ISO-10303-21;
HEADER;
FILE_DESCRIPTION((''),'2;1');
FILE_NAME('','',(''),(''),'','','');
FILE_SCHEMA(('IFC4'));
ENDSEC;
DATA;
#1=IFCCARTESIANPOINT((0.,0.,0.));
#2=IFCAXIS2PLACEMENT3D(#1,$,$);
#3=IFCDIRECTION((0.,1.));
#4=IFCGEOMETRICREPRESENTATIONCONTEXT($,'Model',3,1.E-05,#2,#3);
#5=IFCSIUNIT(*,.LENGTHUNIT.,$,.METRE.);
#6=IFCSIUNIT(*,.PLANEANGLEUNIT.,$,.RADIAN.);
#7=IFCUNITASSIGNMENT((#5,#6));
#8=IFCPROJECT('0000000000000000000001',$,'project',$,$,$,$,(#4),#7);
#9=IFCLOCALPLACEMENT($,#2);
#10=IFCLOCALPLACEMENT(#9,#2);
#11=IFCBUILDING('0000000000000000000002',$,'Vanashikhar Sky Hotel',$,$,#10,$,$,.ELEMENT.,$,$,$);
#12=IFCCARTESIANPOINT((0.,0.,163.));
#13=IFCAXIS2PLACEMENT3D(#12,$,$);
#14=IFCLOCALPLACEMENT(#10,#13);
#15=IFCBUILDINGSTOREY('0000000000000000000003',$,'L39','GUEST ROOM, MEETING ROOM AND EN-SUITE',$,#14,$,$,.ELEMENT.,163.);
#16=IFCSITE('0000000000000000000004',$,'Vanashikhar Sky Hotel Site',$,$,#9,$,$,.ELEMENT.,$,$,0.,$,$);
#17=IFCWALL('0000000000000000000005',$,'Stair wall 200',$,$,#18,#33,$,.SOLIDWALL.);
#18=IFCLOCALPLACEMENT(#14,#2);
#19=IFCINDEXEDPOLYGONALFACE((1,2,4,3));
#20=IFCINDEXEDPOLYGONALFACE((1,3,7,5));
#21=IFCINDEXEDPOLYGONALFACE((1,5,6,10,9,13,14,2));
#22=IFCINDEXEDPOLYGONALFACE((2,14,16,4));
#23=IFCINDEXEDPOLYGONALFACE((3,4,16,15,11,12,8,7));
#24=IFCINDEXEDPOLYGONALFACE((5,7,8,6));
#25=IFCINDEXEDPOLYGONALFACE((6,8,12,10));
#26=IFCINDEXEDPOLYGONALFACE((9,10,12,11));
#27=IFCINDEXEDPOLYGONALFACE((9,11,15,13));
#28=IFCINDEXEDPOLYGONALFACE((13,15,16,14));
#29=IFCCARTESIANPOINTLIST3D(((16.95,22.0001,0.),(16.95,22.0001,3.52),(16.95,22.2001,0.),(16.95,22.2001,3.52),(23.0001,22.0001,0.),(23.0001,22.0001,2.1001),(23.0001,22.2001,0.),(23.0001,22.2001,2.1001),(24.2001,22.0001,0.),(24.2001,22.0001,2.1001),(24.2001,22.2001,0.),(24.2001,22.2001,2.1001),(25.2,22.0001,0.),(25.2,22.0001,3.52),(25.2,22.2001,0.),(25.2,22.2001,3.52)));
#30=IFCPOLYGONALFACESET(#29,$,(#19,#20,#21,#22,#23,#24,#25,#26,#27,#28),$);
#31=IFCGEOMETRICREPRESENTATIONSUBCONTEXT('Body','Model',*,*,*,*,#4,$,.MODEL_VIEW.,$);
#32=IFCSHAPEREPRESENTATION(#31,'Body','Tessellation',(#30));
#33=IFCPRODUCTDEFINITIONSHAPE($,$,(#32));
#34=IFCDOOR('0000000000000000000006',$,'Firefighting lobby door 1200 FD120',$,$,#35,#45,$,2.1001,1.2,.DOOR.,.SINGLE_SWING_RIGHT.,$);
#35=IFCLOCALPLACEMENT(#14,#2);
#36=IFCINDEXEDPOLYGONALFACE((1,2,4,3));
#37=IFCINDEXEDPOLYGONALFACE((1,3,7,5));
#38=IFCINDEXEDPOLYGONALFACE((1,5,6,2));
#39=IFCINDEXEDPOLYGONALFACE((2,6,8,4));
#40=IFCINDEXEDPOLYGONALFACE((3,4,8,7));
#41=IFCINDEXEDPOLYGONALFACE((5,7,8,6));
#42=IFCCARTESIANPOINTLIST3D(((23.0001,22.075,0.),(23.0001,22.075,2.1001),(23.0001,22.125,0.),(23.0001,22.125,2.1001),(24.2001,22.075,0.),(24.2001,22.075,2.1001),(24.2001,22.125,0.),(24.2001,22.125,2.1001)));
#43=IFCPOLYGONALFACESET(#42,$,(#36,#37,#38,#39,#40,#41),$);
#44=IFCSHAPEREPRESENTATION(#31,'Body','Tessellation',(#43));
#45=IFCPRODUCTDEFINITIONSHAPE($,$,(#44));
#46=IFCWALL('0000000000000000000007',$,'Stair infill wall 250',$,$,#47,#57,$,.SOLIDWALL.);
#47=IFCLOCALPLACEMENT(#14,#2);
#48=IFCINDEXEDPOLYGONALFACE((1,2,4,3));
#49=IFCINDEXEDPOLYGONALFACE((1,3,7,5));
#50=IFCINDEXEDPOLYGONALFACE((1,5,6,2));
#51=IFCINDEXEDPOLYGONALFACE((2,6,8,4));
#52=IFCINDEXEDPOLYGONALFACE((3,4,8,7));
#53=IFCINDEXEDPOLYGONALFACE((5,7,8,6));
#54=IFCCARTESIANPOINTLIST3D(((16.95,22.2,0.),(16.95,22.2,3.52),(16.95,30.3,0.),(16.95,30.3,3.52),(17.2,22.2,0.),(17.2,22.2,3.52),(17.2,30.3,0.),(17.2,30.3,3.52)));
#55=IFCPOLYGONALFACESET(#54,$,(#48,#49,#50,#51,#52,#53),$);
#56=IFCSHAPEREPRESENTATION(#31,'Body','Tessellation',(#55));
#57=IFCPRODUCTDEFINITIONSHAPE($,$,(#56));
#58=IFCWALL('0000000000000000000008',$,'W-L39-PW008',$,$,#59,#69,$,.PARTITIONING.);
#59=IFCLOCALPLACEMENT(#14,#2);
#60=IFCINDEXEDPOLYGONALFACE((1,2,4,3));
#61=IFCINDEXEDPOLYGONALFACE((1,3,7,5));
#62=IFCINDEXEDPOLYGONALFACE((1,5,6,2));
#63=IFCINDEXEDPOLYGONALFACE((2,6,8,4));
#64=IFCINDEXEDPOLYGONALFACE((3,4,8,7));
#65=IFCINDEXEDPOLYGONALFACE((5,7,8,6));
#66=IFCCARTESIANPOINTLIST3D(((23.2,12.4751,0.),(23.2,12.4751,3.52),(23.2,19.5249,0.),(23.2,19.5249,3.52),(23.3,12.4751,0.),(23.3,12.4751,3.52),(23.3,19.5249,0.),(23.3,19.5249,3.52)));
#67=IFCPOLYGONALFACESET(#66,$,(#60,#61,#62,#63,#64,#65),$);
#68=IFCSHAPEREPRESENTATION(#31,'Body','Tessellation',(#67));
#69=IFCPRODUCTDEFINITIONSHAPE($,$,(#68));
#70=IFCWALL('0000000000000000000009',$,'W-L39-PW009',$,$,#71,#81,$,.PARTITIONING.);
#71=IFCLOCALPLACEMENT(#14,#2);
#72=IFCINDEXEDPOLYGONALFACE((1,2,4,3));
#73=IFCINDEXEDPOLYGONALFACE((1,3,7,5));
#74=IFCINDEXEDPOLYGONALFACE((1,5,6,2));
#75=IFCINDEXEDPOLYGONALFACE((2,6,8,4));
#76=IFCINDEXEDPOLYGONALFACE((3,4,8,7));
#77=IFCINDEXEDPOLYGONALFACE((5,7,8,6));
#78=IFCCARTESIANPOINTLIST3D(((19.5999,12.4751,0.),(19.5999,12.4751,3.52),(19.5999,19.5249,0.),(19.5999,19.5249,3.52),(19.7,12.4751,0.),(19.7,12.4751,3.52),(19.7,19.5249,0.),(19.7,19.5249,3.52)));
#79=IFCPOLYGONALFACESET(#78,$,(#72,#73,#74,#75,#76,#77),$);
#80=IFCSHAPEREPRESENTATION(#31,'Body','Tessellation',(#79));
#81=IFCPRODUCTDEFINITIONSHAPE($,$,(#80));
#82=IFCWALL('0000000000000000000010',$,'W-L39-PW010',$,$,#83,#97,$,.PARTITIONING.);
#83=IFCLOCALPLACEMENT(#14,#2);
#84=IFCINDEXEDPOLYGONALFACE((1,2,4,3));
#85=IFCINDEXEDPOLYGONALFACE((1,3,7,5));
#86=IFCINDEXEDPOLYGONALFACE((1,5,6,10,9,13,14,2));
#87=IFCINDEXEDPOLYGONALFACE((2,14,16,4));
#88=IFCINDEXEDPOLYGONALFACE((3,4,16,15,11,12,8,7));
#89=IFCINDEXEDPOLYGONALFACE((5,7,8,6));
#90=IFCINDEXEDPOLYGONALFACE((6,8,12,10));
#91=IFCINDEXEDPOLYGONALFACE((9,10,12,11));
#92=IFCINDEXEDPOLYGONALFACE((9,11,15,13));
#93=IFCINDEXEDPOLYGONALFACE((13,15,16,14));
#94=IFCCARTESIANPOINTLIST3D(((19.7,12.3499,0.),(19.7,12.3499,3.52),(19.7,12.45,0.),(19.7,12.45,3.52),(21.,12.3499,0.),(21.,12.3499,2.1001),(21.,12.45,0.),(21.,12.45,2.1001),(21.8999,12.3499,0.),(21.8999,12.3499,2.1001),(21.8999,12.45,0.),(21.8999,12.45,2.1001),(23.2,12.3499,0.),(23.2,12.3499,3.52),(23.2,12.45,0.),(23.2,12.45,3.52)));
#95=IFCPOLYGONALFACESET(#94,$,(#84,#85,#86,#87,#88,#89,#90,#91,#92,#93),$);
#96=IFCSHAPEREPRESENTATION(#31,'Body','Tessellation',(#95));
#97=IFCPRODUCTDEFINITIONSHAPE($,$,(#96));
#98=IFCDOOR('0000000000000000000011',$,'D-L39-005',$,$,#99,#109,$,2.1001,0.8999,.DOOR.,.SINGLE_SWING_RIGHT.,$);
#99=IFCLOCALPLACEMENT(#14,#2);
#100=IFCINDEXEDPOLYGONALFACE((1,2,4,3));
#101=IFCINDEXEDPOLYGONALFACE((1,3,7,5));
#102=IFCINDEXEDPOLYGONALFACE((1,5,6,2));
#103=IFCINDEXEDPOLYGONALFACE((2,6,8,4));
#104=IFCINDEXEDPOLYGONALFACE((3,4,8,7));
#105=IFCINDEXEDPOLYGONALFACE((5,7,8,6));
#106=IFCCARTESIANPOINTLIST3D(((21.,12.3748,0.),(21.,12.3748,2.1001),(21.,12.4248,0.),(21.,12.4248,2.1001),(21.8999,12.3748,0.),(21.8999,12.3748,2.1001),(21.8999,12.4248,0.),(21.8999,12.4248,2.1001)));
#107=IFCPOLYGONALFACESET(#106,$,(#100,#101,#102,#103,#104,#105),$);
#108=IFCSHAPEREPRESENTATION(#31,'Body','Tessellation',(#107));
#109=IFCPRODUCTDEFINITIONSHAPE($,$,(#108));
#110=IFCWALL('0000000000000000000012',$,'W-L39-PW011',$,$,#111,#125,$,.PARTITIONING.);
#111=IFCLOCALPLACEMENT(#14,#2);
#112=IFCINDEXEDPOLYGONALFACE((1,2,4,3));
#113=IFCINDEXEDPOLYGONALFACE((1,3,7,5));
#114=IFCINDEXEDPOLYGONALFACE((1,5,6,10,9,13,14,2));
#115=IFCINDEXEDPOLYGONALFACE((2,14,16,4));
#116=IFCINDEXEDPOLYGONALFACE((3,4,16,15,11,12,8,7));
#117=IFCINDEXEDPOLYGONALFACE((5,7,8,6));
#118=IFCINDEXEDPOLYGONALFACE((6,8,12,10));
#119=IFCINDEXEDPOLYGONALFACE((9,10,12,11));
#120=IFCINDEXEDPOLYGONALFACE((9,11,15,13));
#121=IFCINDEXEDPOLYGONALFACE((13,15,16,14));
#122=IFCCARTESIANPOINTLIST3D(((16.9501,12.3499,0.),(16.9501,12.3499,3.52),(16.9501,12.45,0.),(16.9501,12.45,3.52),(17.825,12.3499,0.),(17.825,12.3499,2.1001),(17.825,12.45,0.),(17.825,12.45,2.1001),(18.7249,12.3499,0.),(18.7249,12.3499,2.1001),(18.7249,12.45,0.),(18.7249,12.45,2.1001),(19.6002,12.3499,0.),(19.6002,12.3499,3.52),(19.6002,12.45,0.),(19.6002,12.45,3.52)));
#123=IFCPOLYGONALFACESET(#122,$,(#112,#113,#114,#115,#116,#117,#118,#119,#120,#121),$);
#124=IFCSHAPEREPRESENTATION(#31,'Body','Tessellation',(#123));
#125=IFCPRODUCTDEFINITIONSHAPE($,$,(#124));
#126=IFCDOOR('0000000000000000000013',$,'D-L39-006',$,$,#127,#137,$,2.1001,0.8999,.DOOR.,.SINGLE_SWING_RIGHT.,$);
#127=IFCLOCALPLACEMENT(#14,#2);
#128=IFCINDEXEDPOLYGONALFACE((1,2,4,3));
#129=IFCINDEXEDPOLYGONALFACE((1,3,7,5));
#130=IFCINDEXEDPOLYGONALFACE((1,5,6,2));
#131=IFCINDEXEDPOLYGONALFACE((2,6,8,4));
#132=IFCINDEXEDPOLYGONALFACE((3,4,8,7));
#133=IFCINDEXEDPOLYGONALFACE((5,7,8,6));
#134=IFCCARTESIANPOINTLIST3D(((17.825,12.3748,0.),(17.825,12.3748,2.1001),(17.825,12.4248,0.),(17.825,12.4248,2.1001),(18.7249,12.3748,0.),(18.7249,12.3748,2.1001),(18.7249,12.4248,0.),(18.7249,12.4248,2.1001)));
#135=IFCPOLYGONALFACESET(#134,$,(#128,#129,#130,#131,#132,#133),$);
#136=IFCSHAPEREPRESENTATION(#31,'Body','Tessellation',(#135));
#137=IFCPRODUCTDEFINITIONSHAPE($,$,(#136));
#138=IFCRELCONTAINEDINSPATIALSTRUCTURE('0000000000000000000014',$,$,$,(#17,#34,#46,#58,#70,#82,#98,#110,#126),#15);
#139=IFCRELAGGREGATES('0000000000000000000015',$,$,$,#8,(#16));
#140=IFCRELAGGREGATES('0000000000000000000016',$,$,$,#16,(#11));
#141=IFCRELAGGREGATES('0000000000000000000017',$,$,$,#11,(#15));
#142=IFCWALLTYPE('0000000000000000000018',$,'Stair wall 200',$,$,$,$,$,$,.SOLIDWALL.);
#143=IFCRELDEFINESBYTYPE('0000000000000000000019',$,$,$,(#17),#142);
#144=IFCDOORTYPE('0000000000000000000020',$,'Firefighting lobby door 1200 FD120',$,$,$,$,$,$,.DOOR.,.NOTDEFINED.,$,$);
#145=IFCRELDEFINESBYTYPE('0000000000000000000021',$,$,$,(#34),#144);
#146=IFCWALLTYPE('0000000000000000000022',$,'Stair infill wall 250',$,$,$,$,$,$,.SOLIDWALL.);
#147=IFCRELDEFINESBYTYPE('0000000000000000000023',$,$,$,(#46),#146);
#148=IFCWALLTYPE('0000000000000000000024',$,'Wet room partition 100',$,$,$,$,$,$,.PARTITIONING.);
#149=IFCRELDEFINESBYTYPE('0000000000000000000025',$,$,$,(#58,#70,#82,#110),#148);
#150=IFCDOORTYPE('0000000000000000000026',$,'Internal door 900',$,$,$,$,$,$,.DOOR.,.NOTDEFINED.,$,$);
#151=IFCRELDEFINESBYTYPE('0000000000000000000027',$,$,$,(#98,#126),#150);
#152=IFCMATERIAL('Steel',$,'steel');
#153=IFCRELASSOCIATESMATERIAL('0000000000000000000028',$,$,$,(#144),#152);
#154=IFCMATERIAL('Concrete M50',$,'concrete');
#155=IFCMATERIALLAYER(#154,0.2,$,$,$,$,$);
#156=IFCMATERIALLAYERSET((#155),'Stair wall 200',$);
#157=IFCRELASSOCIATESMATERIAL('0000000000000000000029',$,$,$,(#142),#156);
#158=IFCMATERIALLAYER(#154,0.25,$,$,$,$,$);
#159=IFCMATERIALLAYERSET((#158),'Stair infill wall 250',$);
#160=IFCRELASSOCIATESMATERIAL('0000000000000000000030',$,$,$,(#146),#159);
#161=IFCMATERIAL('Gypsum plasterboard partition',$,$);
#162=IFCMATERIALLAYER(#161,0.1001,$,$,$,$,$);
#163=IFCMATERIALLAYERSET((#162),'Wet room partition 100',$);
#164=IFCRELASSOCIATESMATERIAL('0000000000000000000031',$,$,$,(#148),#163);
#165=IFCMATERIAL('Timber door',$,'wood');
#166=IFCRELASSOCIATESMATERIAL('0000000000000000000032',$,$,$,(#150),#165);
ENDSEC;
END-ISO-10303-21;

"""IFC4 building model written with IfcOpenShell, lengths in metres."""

from ifc_helpers import new_model, si_unit, direction, frame, frame_2d, origin, place, context, subcontext, project, spatial, rectangle, extrude, source, transform, mapped, material, layer, layer_set, type_object, element, fill, save


model = new_model("IFC4")

# Units and contexts
model_context = context("Model", 3, precision=1e-05, world=origin(), true_north=direction((0.0, 1.0)))
body_context = subcontext(model_context, "Body", "Model", "MODEL_VIEW")
ifc_project = project(units=[si_unit("LENGTHUNIT", "METRE"), si_unit("PLANEANGLEUNIT", "RADIAN")], contexts=[model_context])

# Site, building, storey
site_placement = place(None, origin())
site = spatial("IfcSite", under=ifc_project, at=site_placement, Name="Vanashikhar Sky Hotel Site", CompositionType="ELEMENT", RefElevation=0.0)
building_placement = place(site_placement, origin())
building = spatial("IfcBuilding", under=site, at=building_placement, Name="Vanashikhar Sky Hotel", CompositionType="ELEMENT")
storey_placement = place(building_placement, frame((0.0, 0.0, 163.0)))
storey = spatial("IfcBuildingStorey", under=building, at=storey_placement, Name="L39", Description="GUEST ROOM, MEETING ROOM AND EN-SUITE", CompositionType="ELEMENT", Elevation=163.0)

# Shared definitions
ifc_material_1 = material(Name="Steel", Category="steel")
door_type_1 = type_object("IfcDoorType", Name="Firefighting lobby door 1200 FD120", OperationType="NOTDEFINED", PredefinedType="DOOR", material=ifc_material_1)

# Wall, opening, door
ifc_material_2 = material(Name="Concrete M50", Category="concrete")
ifc_layer_1 = layer(ifc_material_2, 0.2)
ifc_layer_set_1 = layer_set([ifc_layer_1], Name="Stair wall 200")
wall_type_1 = type_object("IfcWallType", Name="Stair wall 200", PredefinedType="SOLIDWALL", material=ifc_layer_set_1)
shared_shape_1 = source(origin(), body_context, "Body", "SweptSolid", [
    extrude(rectangle(XDim=1.2, YDim=2.1001, at=frame_2d((0.6001, 1.05))), frame((0.0, 0.1099, 0.0), z_axis=(0.0, -1.0, 0.0), x_axis=(1.0, 0.0, 0.0)), (0.0, 0.0, 1.0), 0.22),
])
shared_shape_2 = source(origin(), body_context, "Body", "SweptSolid", [
    extrude(rectangle(XDim=1.2, YDim=2.1001, at=frame_2d((0.6001, 1.05))), frame((0.0, 0.0249, 0.0), z_axis=(0.0, -1.0, 0.0), x_axis=(1.0, 0.0, 0.0)), (0.0, 0.0, 1.0), 0.05),
])
shared_shape_3 = source(origin(), body_context, "Body", "SweptSolid", [
    extrude(rectangle(XDim=8.25, YDim=0.2, at=frame_2d((4.125, 0.0))), origin(), (0.0, 0.0, 1.0), 3.52),
])
wall_1_placement = place(storey_placement, frame((16.95, 22.1001, 0.0), z_axis=(0.0, 0.0, 1.0), x_axis=(1.0, 0.0, 0.0)))
wall_1 = element("IfcWall", 1, at=wall_1_placement, inside=storey, type_object=wall_type_1, Name="Stair wall 200", PredefinedType="SOLIDWALL", context=body_context, shape_type="MappedRepresentation", body=[
    mapped(shared_shape_3, transform((0.0, 0.0, 0.0), scale=1.0)),
])
opening_1_placement = place(wall_1_placement, frame((6.05, 0.0, 0.0)))
opening_1 = element("IfcOpeningElement", 2, at=opening_1_placement, cuts=wall_1, PredefinedType="OPENING", context=body_context, shape_type="MappedRepresentation", body=[
    mapped(shared_shape_1, transform((0.0, 0.0, 0.0), scale=1.0)),
])
door_1_placement = place(opening_1_placement, origin())
door_1 = element("IfcDoor", 3, at=door_1_placement, inside=storey, type_object=door_type_1, Name="Firefighting lobby door 1200 FD120", OperationType="SINGLE_SWING_RIGHT", OverallHeight=2.1001, OverallWidth=1.2, PredefinedType="DOOR", context=body_context, shape_type="MappedRepresentation", body=[
    mapped(shared_shape_2, transform((0.0, 0.0, 0.0), scale=1.0)),
])
fill(opening_1, door_1)

# Walls
ifc_layer_2 = layer(ifc_material_2, 0.25)
ifc_layer_set_2 = layer_set([ifc_layer_2], Name="Stair infill wall 250")
wall_type_2 = type_object("IfcWallType", Name="Stair infill wall 250", PredefinedType="SOLIDWALL", material=ifc_layer_set_2)
shared_shape_4 = source(origin(), body_context, "Body", "SweptSolid", [
    extrude(rectangle(XDim=8.1001, YDim=0.25, at=frame_2d((4.05, 0.0))), origin(), (0.0, 0.0, 1.0), 3.52),
])
wall_2_placement = place(storey_placement, frame((17.075, 22.2, 0.0), z_axis=(0.0, 0.0, 1.0), x_axis=(0.0, 1.0, 0.0)))
element("IfcWall", 4, at=wall_2_placement, inside=storey, type_object=wall_type_2, Name="Stair infill wall 250", PredefinedType="SOLIDWALL", context=body_context, shape_type="MappedRepresentation", body=[
    mapped(shared_shape_4, transform((0.0, 0.0, 0.0), scale=1.0)),
])
ifc_material_3 = material(Name="Gypsum plasterboard partition")
ifc_layer_3 = layer(ifc_material_3, 0.1001)
ifc_layer_set_3 = layer_set([ifc_layer_3], Name="Wet room partition 100")
wall_type_3 = type_object("IfcWallType", Name="Wet room partition 100", PredefinedType="PARTITIONING", material=ifc_layer_set_3)
shared_shape_5 = source(origin(), body_context, "Body", "SweptSolid", [
    extrude(rectangle(XDim=7.0498, YDim=0.1001, at=frame_2d((3.5249, 0.0))), origin(), (0.0, 0.0, 1.0), 3.52),
])
for number, where, z_axis, x_axis, name in (
    (5, (23.25, 12.4751, 0.0), (0.0, 0.0, 1.0), (0.0, 1.0, 0.0), "W-L39-PW008"),
    (6, (19.6499, 12.4751, 0.0), (0.0, 0.0, 1.0), (0.0, 1.0, 0.0), "W-L39-PW009"),
):
    element("IfcWall", number, at=place(storey_placement, frame(where, z_axis=z_axis, x_axis=x_axis)), inside=storey, type_object=wall_type_3, Name=name, PredefinedType="PARTITIONING", context=body_context, shape_type="MappedRepresentation", body=[
        mapped(shared_shape_5, transform((0.0, 0.0, 0.0), scale=1.0)),
    ])

# Walls, openings, doors
shared_shape_6 = source(origin(), body_context, "Body", "SweptSolid", [
    extrude(rectangle(XDim=3.5, YDim=0.1001, at=frame_2d((1.75, 0.0))), origin(), (0.0, 0.0, 1.0), 3.52),
])
wall_3_placement = place(storey_placement, frame((19.7, 12.3999, 0.0), z_axis=(0.0, 0.0, 1.0), x_axis=(1.0, 0.0, 0.0)))
wall_3 = element("IfcWall", 7, at=wall_3_placement, inside=storey, type_object=wall_type_3, Name="W-L39-PW010", PredefinedType="PARTITIONING", context=body_context, shape_type="MappedRepresentation", body=[
    mapped(shared_shape_6, transform((0.0, 0.0, 0.0), scale=1.0)),
])
shared_shape_7 = source(origin(), body_context, "Body", "SweptSolid", [
    extrude(rectangle(XDim=0.8999, YDim=2.1001, at=frame_2d((0.45, 1.05))), frame((0.0, 0.0601, 0.0), z_axis=(0.0, -1.0, 0.0), x_axis=(1.0, 0.0, 0.0)), (0.0, 0.0, 1.0), 0.1201),
])
opening_2_placement = place(wall_3_placement, frame((1.3, 0.0, 0.0)))
opening_2 = element("IfcOpeningElement", 8, at=opening_2_placement, cuts=wall_3, PredefinedType="OPENING", context=body_context, shape_type="MappedRepresentation", body=[
    mapped(shared_shape_7, transform((0.0, 0.0, 0.0), scale=1.0)),
])
ifc_material_4 = material(Name="Timber door", Category="wood")
door_type_2 = type_object("IfcDoorType", Name="Internal door 900", OperationType="NOTDEFINED", PredefinedType="DOOR", material=ifc_material_4)
shared_shape_8 = source(origin(), body_context, "Body", "SweptSolid", [
    extrude(rectangle(XDim=0.8999, YDim=2.1001, at=frame_2d((0.45, 1.05))), frame((0.0, 0.0249, 0.0), z_axis=(0.0, -1.0, 0.0), x_axis=(1.0, 0.0, 0.0)), (0.0, 0.0, 1.0), 0.05),
])
door_2_placement = place(opening_2_placement, origin())
door_2 = element("IfcDoor", 9, at=door_2_placement, inside=storey, type_object=door_type_2, Name="D-L39-005", OperationType="SINGLE_SWING_RIGHT", OverallHeight=2.1001, OverallWidth=0.8999, PredefinedType="DOOR", context=body_context, shape_type="MappedRepresentation", body=[
    mapped(shared_shape_8, transform((0.0, 0.0, 0.0), scale=1.0)),
])
fill(opening_2, door_2)
shared_shape_9 = source(origin(), body_context, "Body", "SweptSolid", [
    extrude(rectangle(XDim=2.6501, YDim=0.1001, at=frame_2d((1.3252, 0.0))), origin(), (0.0, 0.0, 1.0), 3.52),
])
wall_4_placement = place(storey_placement, frame((16.95, 12.3999, 0.0), z_axis=(0.0, 0.0, 1.0), x_axis=(1.0, 0.0, 0.0)))
wall_4 = element("IfcWall", 10, at=wall_4_placement, inside=storey, type_object=wall_type_3, Name="W-L39-PW011", PredefinedType="PARTITIONING", context=body_context, shape_type="MappedRepresentation", body=[
    mapped(shared_shape_9, transform((0.0, 0.0, 0.0), scale=1.0)),
])
opening_3_placement = place(wall_4_placement, frame((0.875, 0.0, 0.0)))
opening_3 = element("IfcOpeningElement", 11, at=opening_3_placement, cuts=wall_4, PredefinedType="OPENING", context=body_context, shape_type="MappedRepresentation", body=[
    mapped(shared_shape_7, transform((0.0, 0.0, 0.0), scale=1.0)),
])
door_3_placement = place(opening_3_placement, origin())
door_3 = element("IfcDoor", 12, at=door_3_placement, inside=storey, type_object=door_type_2, Name="D-L39-006", OperationType="SINGLE_SWING_RIGHT", OverallHeight=2.1001, OverallWidth=0.8999, PredefinedType="DOOR", context=body_context, shape_type="MappedRepresentation", body=[
    mapped(shared_shape_8, transform((0.0, 0.0, 0.0), scale=1.0)),
])
fill(opening_3, door_3)

save(model, "model.ifc")
